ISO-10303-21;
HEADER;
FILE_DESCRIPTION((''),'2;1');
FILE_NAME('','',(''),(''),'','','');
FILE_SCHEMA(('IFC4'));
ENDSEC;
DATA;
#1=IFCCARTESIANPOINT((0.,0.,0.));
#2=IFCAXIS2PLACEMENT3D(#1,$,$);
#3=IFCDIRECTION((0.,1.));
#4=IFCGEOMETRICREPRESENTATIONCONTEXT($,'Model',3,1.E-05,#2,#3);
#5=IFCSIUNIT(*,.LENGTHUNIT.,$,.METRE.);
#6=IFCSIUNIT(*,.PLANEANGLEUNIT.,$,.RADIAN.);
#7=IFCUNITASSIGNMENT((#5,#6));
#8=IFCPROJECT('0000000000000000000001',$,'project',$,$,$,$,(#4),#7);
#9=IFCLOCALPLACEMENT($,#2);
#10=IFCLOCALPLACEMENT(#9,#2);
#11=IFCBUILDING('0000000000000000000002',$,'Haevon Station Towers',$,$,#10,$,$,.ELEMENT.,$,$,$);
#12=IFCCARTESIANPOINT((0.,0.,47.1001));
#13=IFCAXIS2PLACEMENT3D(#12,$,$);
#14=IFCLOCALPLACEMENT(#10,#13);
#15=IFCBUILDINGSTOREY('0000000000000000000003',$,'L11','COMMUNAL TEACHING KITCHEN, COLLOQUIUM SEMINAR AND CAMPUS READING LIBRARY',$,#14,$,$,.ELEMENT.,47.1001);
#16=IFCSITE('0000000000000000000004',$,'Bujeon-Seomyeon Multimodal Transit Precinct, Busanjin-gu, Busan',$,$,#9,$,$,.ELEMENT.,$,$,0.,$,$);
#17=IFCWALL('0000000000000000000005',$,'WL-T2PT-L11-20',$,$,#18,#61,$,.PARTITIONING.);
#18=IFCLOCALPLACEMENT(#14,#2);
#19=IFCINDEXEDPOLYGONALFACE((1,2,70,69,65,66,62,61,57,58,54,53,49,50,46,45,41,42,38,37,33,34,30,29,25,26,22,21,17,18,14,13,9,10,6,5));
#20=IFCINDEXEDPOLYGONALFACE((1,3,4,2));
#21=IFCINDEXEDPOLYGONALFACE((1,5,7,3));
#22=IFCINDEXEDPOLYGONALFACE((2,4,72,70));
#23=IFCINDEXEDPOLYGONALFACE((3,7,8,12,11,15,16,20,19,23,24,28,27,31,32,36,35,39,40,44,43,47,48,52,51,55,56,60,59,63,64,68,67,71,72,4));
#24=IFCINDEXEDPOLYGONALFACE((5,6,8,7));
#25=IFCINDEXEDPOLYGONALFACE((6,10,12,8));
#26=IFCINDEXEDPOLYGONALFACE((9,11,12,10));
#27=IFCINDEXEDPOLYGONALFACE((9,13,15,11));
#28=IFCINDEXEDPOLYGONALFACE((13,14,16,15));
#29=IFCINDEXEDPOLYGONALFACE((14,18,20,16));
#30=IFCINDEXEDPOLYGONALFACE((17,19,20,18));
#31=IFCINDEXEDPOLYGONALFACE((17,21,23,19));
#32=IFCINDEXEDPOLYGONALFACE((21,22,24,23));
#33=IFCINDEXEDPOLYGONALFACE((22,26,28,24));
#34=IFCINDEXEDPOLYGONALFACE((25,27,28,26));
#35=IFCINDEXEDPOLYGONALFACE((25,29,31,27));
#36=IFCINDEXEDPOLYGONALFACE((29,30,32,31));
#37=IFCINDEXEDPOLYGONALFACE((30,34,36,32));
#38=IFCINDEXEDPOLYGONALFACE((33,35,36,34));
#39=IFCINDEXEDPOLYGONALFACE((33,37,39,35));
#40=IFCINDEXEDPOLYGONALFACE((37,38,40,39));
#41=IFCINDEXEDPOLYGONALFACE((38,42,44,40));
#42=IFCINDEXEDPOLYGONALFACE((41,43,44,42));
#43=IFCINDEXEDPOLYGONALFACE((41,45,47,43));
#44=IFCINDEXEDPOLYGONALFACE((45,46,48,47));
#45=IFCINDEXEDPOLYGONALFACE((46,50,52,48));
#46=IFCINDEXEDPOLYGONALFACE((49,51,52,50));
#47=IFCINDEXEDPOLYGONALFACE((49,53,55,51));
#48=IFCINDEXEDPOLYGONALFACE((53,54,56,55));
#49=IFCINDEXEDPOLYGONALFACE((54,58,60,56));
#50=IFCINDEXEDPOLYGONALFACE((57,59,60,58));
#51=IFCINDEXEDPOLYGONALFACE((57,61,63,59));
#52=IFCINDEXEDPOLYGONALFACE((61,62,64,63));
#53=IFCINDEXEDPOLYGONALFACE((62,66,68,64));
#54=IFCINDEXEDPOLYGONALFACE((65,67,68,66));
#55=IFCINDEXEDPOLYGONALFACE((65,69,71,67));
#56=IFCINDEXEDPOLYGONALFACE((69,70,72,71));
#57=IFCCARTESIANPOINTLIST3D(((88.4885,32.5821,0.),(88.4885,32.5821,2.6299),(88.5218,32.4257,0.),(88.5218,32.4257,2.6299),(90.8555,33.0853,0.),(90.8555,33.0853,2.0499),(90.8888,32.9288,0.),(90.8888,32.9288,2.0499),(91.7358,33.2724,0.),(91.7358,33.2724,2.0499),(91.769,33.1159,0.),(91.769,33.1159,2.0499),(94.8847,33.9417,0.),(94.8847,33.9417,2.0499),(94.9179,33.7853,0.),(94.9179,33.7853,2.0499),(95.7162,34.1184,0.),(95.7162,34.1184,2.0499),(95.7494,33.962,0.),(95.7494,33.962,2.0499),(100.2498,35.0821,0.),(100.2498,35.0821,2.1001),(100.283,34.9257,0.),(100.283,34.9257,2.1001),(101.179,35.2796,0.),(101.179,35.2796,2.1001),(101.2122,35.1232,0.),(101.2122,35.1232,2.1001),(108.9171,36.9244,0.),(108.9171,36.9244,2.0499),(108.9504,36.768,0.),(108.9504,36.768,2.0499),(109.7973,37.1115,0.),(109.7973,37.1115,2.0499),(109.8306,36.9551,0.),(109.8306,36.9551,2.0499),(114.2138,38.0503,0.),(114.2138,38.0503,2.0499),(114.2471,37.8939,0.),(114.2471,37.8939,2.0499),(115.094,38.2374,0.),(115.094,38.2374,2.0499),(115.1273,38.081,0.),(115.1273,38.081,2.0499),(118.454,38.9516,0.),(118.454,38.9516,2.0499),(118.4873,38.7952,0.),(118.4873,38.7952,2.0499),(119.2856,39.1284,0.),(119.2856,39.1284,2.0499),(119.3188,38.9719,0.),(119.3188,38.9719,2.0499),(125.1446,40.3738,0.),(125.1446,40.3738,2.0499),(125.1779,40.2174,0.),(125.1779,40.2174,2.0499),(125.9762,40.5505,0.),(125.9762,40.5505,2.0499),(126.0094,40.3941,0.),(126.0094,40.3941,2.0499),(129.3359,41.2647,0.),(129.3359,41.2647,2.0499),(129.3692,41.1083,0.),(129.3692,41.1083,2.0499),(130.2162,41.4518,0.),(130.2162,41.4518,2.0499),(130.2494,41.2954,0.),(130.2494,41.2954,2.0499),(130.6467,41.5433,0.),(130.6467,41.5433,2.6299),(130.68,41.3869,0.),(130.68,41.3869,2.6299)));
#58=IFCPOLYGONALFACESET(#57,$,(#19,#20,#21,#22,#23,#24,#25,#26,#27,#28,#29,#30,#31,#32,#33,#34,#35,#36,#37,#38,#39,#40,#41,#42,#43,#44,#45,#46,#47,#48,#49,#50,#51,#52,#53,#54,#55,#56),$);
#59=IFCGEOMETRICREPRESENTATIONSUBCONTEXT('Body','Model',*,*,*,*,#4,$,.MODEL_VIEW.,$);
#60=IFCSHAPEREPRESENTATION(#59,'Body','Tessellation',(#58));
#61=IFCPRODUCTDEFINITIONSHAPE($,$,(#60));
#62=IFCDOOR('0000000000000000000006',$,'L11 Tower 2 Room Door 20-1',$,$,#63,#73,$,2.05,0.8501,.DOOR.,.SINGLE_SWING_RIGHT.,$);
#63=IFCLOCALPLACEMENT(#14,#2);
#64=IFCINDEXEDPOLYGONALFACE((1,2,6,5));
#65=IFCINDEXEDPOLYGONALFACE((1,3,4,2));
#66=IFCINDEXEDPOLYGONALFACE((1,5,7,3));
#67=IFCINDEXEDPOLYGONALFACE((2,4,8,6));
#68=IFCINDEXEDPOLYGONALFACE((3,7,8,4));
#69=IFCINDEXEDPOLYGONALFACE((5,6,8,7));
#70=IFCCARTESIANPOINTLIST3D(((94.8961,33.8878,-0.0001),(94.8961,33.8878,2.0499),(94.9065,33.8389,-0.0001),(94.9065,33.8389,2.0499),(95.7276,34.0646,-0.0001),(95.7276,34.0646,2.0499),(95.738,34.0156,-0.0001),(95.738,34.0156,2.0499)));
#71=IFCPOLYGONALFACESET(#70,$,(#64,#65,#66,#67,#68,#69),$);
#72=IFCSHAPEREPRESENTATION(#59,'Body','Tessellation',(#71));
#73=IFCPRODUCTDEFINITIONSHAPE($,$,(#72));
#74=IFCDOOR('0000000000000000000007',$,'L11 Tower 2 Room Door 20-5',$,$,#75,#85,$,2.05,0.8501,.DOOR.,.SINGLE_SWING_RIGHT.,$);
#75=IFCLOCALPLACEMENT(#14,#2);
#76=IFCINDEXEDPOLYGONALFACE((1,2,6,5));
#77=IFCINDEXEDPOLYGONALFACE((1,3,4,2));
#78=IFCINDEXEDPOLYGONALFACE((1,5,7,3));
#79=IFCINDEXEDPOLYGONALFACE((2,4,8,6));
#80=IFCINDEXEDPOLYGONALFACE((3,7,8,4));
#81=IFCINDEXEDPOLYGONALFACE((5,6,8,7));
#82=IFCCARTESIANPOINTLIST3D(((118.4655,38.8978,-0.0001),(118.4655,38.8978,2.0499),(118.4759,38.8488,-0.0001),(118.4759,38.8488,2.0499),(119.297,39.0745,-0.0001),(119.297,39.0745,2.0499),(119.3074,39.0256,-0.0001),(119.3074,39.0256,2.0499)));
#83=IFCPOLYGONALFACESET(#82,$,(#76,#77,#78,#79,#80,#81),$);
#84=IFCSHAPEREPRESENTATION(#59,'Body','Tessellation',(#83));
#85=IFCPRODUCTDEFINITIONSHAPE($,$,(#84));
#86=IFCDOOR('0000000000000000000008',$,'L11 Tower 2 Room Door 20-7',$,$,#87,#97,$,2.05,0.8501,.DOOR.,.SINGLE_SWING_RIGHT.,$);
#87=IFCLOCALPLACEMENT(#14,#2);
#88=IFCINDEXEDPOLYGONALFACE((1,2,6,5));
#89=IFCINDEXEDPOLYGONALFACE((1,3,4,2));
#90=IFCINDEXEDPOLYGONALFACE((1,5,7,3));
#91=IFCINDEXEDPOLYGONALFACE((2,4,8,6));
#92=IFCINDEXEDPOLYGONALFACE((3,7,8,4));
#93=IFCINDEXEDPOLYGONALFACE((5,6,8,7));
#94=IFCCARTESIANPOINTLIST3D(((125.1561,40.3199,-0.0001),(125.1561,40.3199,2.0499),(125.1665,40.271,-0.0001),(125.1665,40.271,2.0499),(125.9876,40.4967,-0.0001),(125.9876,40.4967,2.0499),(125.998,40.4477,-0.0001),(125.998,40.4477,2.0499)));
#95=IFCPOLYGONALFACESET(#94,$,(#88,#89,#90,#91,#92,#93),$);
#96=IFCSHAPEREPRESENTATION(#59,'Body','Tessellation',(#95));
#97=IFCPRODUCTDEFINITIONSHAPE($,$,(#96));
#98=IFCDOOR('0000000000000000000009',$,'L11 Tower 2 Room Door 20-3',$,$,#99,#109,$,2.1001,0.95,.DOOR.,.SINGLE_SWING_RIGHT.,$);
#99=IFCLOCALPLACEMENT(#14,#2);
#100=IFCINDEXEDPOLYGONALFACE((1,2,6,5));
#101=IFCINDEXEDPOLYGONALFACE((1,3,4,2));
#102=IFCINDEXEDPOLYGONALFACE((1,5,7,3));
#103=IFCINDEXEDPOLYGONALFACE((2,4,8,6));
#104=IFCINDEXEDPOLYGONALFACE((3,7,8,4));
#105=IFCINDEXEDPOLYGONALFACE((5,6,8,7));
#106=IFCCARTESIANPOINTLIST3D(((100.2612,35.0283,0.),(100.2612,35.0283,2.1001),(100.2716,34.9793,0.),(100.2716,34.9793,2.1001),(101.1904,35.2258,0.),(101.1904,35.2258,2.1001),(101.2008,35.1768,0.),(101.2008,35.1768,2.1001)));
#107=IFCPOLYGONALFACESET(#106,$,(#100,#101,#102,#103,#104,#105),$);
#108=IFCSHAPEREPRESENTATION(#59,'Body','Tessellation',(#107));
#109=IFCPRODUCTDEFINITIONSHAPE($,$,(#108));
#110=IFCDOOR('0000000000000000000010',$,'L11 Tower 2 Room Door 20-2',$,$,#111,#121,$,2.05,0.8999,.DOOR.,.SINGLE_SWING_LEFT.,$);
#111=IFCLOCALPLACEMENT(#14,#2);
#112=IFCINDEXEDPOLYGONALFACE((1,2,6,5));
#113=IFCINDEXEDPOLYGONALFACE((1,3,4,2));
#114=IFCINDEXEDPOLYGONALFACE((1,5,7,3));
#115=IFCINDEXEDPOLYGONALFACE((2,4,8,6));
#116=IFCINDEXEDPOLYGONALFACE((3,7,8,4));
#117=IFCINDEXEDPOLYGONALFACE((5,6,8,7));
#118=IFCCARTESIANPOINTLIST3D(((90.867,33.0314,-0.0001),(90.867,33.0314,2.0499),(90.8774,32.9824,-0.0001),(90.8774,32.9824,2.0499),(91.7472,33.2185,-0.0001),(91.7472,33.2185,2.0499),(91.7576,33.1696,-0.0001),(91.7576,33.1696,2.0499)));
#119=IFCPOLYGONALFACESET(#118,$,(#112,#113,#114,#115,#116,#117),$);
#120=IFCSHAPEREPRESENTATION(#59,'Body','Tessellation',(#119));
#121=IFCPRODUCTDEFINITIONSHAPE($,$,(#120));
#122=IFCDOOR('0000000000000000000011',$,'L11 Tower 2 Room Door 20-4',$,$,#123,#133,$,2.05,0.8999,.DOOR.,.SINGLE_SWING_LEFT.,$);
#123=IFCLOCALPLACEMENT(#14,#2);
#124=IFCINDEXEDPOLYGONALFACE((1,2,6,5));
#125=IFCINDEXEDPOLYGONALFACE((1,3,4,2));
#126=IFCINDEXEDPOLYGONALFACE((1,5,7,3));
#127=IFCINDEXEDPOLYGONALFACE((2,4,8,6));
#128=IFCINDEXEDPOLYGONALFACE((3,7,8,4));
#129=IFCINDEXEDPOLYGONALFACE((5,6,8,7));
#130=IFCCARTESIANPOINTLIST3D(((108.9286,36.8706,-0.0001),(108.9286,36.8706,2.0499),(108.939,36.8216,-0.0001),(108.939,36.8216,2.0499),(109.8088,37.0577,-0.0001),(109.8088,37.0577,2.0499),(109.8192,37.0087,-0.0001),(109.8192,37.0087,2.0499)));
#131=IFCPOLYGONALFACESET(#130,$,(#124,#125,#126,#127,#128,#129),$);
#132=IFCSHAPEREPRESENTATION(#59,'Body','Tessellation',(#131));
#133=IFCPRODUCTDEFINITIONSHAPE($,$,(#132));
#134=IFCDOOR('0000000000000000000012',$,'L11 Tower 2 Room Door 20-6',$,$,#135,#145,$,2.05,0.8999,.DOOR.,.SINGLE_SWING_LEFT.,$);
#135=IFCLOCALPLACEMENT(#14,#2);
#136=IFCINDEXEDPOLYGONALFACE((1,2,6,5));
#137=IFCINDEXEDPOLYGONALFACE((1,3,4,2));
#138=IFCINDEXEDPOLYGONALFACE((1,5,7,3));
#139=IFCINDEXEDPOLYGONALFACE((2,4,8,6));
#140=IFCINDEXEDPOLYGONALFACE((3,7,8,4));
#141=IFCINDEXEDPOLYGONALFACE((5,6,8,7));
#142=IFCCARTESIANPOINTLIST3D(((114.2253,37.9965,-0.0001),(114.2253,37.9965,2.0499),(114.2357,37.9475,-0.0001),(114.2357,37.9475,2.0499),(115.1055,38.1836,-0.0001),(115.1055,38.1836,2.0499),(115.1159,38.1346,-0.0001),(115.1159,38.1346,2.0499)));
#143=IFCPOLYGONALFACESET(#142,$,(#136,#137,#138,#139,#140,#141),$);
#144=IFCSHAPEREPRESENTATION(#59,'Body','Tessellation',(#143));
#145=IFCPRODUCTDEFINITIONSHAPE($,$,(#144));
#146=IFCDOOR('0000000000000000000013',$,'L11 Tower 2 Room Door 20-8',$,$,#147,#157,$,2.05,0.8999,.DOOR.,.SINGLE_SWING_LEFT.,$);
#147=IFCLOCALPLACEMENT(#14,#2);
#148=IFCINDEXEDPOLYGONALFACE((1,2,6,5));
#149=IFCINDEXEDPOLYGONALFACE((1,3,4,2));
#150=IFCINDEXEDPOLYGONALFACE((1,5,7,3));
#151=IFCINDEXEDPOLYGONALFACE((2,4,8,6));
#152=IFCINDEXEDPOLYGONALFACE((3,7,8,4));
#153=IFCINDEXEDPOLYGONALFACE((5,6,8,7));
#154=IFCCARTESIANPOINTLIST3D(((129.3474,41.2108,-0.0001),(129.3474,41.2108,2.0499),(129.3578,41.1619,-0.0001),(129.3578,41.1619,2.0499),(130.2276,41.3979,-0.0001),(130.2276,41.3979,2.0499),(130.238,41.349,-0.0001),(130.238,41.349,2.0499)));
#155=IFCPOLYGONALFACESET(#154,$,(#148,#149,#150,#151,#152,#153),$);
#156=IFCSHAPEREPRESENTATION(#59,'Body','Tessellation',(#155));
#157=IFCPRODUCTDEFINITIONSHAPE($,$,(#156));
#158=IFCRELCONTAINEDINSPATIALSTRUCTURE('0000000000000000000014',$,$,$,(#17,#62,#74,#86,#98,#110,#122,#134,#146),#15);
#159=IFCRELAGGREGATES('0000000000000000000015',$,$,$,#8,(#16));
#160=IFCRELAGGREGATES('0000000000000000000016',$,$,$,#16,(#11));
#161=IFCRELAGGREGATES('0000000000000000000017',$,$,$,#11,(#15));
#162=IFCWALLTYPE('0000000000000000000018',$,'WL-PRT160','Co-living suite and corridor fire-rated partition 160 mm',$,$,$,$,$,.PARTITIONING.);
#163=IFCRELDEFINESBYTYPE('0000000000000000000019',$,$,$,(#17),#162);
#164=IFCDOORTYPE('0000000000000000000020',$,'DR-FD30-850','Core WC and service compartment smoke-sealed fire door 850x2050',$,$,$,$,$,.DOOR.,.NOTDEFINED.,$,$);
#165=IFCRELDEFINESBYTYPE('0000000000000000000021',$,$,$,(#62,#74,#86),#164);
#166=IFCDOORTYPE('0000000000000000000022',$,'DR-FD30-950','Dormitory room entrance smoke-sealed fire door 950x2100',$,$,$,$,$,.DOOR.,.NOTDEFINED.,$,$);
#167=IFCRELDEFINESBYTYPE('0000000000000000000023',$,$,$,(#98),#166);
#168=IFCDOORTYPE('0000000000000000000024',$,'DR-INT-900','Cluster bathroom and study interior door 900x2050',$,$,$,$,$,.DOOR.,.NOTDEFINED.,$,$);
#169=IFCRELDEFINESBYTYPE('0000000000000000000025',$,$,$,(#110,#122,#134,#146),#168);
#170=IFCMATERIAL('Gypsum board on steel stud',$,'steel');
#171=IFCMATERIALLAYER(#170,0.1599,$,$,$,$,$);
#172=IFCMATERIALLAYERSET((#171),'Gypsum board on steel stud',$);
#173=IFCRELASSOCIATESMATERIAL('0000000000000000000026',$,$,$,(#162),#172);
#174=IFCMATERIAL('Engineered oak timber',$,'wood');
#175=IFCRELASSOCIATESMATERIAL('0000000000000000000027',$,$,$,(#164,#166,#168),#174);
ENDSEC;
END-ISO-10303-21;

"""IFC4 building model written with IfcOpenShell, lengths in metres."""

from ifc_helpers import new_model, si_unit, direction, frame, frame_2d, origin, place, context, subcontext, project, spatial, rectangle, extrude, material, layer, layer_set, type_object, element, fill, save


model = new_model("IFC4")

# Units and contexts
model_context = context("Model", 3, precision=1e-05, world=origin(), true_north=direction((0.0, 1.0)))
body_context = subcontext(model_context, "Body", "Model", "MODEL_VIEW")
ifc_project = project(units=[si_unit("LENGTHUNIT", "METRE"), si_unit("PLANEANGLEUNIT", "RADIAN")], contexts=[model_context])

# Site, building, storey
site_placement = place(None, origin())
site = spatial("IfcSite", under=ifc_project, at=site_placement, Name="Bujeon-Seomyeon Multimodal Transit Precinct, Busanjin-gu, Busan", CompositionType="ELEMENT", RefElevation=0.0)
building_placement = place(site_placement, origin())
building = spatial("IfcBuilding", under=site, at=building_placement, Name="Haevon Station Towers", CompositionType="ELEMENT")
storey_placement = place(building_placement, frame((0.0, 0.0, 47.1001)))
storey = spatial("IfcBuildingStorey", under=building, at=storey_placement, Name="L11", Description="COMMUNAL TEACHING KITCHEN, COLLOQUIUM SEMINAR AND CAMPUS READING LIBRARY", CompositionType="ELEMENT", Elevation=47.1001)

# Shared definitions
ifc_material_1 = material(Name="Gypsum board on steel stud", Category="steel")
ifc_layer_1 = layer(ifc_material_1, 0.1599)
ifc_layer_set_1 = layer_set([ifc_layer_1], Name="Gypsum board on steel stud")
wall_type_1 = type_object("IfcWallType", Name="WL-PRT160", Description="Co-living suite and corridor fire-rated partition 160 mm", PredefinedType="PARTITIONING", material=ifc_layer_set_1)

# Wall, openings, doors
wall_1_placement = place(storey_placement, frame((88.5051, 32.5039, 0.0), z_axis=(0.0, 0.0, 1.0), x_axis=(0.978147, 0.207916, 0.0)))
wall_1 = element("IfcWall", 1, at=wall_1_placement, inside=storey, type_object=wall_type_1, Name="WL-T2PT-L11-20", PredefinedType="PARTITIONING", context=body_context, shape_type="SweptSolid", body=[
    extrude(rectangle(XDim=43.1001, YDim=0.1599, at=frame_2d((21.55, 0.0))), origin(), (0.0, 0.0, 1.0), 2.6299),
])
opening_1_placement = place(wall_1_placement, frame((6.5391, 0.0, 0.0)))
opening_1 = element("IfcOpeningElement", 2, at=opening_1_placement, cuts=wall_1, PredefinedType="OPENING", context=body_context, shape_type="SweptSolid", body=[
    extrude(rectangle(XDim=0.8501, YDim=2.05, at=frame_2d((0.425, 1.0249))), frame((0.0, 0.0898, 0.0), z_axis=(0.0, -1.0, 0.0), x_axis=(1.0, 0.0, 0.0)), (0.0, 0.0, 1.0), 0.1799),
])
opening_2_placement = place(wall_1_placement, frame((2.4199, 0.0, 0.0)))
opening_2 = element("IfcOpeningElement", 3, at=opening_2_placement, cuts=wall_1, PredefinedType="OPENING", context=body_context, shape_type="SweptSolid", body=[
    extrude(rectangle(XDim=0.8999, YDim=2.05, at=frame_2d((0.45, 1.0249))), frame((0.0, 0.0898, 0.0), z_axis=(0.0, -1.0, 0.0), x_axis=(1.0, 0.0, 0.0)), (0.0, 0.0, 1.0), 0.1799),
])
opening_3_placement = place(wall_1_placement, frame((12.0239, 0.0, 0.0)))
opening_3 = element("IfcOpeningElement", 4, at=opening_3_placement, cuts=wall_1, PredefinedType="OPENING", context=body_context, shape_type="SweptSolid", body=[
    extrude(rectangle(XDim=0.95, YDim=2.1001, at=frame_2d((0.4751, 1.05))), frame((0.0, 0.0898, 0.0), z_axis=(0.0, -1.0, 0.0), x_axis=(1.0, 0.0, 0.0)), (0.0, 0.0, 1.0), 0.1799),
])
opening_4_placement = place(wall_1_placement, frame((20.885, 0.0, 0.0)))
opening_4 = element("IfcOpeningElement", 5, at=opening_4_placement, cuts=wall_1, PredefinedType="OPENING", context=body_context, shape_type="SweptSolid", body=[
    extrude(rectangle(XDim=0.8999, YDim=2.05, at=frame_2d((0.45, 1.0249))), frame((0.0, 0.0898, 0.0), z_axis=(0.0, -1.0, 0.0), x_axis=(1.0, 0.0, 0.0)), (0.0, 0.0, 1.0), 0.1799),
])
opening_5_placement = place(wall_1_placement, frame((30.635, 0.0, 0.0)))
opening_5 = element("IfcOpeningElement", 6, at=opening_5_placement, cuts=wall_1, PredefinedType="OPENING", context=body_context, shape_type="SweptSolid", body=[
    extrude(rectangle(XDim=0.8501, YDim=2.05, at=frame_2d((0.425, 1.0249))), frame((0.0, 0.0898, 0.0), z_axis=(0.0, -1.0, 0.0), x_axis=(1.0, 0.0, 0.0)), (0.0, 0.0, 1.0), 0.1799),
])
opening_6_placement = place(wall_1_placement, frame((26.3, 0.0, 0.0)))
opening_6 = element("IfcOpeningElement", 7, at=opening_6_placement, cuts=wall_1, PredefinedType="OPENING", context=body_context, shape_type="SweptSolid", body=[
    extrude(rectangle(XDim=0.8999, YDim=2.05, at=frame_2d((0.45, 1.0249))), frame((0.0, 0.0898, 0.0), z_axis=(0.0, -1.0, 0.0), x_axis=(1.0, 0.0, 0.0)), (0.0, 0.0, 1.0), 0.1799),
])
opening_7_placement = place(wall_1_placement, frame((37.4751, 0.0, 0.0)))
opening_7 = element("IfcOpeningElement", 8, at=opening_7_placement, cuts=wall_1, PredefinedType="OPENING", context=body_context, shape_type="SweptSolid", body=[
    extrude(rectangle(XDim=0.8501, YDim=2.05, at=frame_2d((0.425, 1.0249))), frame((0.0, 0.0898, 0.0), z_axis=(0.0, -1.0, 0.0), x_axis=(1.0, 0.0, 0.0)), (0.0, 0.0, 1.0), 0.1799),
])
opening_8_placement = place(wall_1_placement, frame((41.76, 0.0, 0.0)))
opening_8 = element("IfcOpeningElement", 9, at=opening_8_placement, cuts=wall_1, PredefinedType="OPENING", context=body_context, shape_type="SweptSolid", body=[
    extrude(rectangle(XDim=0.8999, YDim=2.05, at=frame_2d((0.45, 1.0249))), frame((0.0, 0.0898, 0.0), z_axis=(0.0, -1.0, 0.0), x_axis=(1.0, 0.0, 0.0)), (0.0, 0.0, 1.0), 0.1799),
])
ifc_material_2 = material(Name="Engineered oak timber", Category="wood")
door_type_1 = type_object("IfcDoorType", Name="DR-FD30-850", Description="Core WC and service compartment smoke-sealed fire door 850x2050", OperationType="NOTDEFINED", PredefinedType="DOOR", material=ifc_material_2)
door_1_placement = place(opening_1_placement, origin())
door_1 = element("IfcDoor", 10, at=door_1_placement, inside=storey, type_object=door_type_1, Name="L11 Tower 2 Room Door 20-1", OperationType="SINGLE_SWING_RIGHT", OverallHeight=2.05, OverallWidth=0.8501, PredefinedType="DOOR", context=body_context, shape_type="SweptSolid", body=[
    extrude(rectangle(XDim=0.8501, YDim=2.05, at=frame_2d((0.425, 1.0249))), frame((0.0, 0.0249, 0.0), z_axis=(0.0, -1.0, 0.0), x_axis=(1.0, 0.0, 0.0)), (0.0, 0.0, 1.0), 0.05),
])
fill(opening_1, door_1)
door_2_placement = place(opening_5_placement, origin())
door_2 = element("IfcDoor", 11, at=door_2_placement, inside=storey, type_object=door_type_1, Name="L11 Tower 2 Room Door 20-5", OperationType="SINGLE_SWING_RIGHT", OverallHeight=2.05, OverallWidth=0.8501, PredefinedType="DOOR", context=body_context, shape_type="SweptSolid", body=[
    extrude(rectangle(XDim=0.8501, YDim=2.05, at=frame_2d((0.425, 1.0249))), frame((0.0, 0.0249, 0.0), z_axis=(0.0, -1.0, 0.0), x_axis=(1.0, 0.0, 0.0)), (0.0, 0.0, 1.0), 0.05),
])
fill(opening_5, door_2)
door_3_placement = place(opening_7_placement, origin())
door_3 = element("IfcDoor", 12, at=door_3_placement, inside=storey, type_object=door_type_1, Name="L11 Tower 2 Room Door 20-7", OperationType="SINGLE_SWING_RIGHT", OverallHeight=2.05, OverallWidth=0.8501, PredefinedType="DOOR", context=body_context, shape_type="SweptSolid", body=[
    extrude(rectangle(XDim=0.8501, YDim=2.05, at=frame_2d((0.425, 1.0249))), frame((0.0, 0.0249, 0.0), z_axis=(0.0, -1.0, 0.0), x_axis=(1.0, 0.0, 0.0)), (0.0, 0.0, 1.0), 0.05),
])
fill(opening_7, door_3)
door_type_2 = type_object("IfcDoorType", Name="DR-FD30-950", Description="Dormitory room entrance smoke-sealed fire door 950x2100", OperationType="NOTDEFINED", PredefinedType="DOOR", material=ifc_material_2)
door_4_placement = place(opening_3_placement, origin())
door_4 = element("IfcDoor", 13, at=door_4_placement, inside=storey, type_object=door_type_2, Name="L11 Tower 2 Room Door 20-3", OperationType="SINGLE_SWING_RIGHT", OverallHeight=2.1001, OverallWidth=0.95, PredefinedType="DOOR", context=body_context, shape_type="SweptSolid", body=[
    extrude(rectangle(XDim=0.95, YDim=2.1001, at=frame_2d((0.4751, 1.05))), frame((0.0, 0.0249, 0.0), z_axis=(0.0, -1.0, 0.0), x_axis=(1.0, 0.0, 0.0)), (0.0, 0.0, 1.0), 0.05),
])
fill(opening_3, door_4)
door_type_3 = type_object("IfcDoorType", Name="DR-INT-900", Description="Cluster bathroom and study interior door 900x2050", OperationType="NOTDEFINED", PredefinedType="DOOR", material=ifc_material_2)
door_5_placement = place(opening_2_placement, origin())
door_5 = element("IfcDoor", 14, at=door_5_placement, inside=storey, type_object=door_type_3, Name="L11 Tower 2 Room Door 20-2", OperationType="SINGLE_SWING_LEFT", OverallHeight=2.05, OverallWidth=0.8999, PredefinedType="DOOR", context=body_context, shape_type="SweptSolid", body=[
    extrude(rectangle(XDim=0.8999, YDim=2.05, at=frame_2d((0.45, 1.0249))), frame((0.0, 0.0249, 0.0), z_axis=(0.0, -1.0, 0.0), x_axis=(1.0, 0.0, 0.0)), (0.0, 0.0, 1.0), 0.05),
])
fill(opening_2, door_5)
door_6_placement = place(opening_4_placement, origin())
door_6 = element("IfcDoor", 15, at=door_6_placement, inside=storey, type_object=door_type_3, Name="L11 Tower 2 Room Door 20-4", OperationType="SINGLE_SWING_LEFT", OverallHeight=2.05, OverallWidth=0.8999, PredefinedType="DOOR", context=body_context, shape_type="SweptSolid", body=[
    extrude(rectangle(XDim=0.8999, YDim=2.05, at=frame_2d((0.45, 1.0249))), frame((0.0, 0.0249, 0.0), z_axis=(0.0, -1.0, 0.0), x_axis=(1.0, 0.0, 0.0)), (0.0, 0.0, 1.0), 0.05),
])
fill(opening_4, door_6)
door_7_placement = place(opening_6_placement, origin())
door_7 = element("IfcDoor", 16, at=door_7_placement, inside=storey, type_object=door_type_3, Name="L11 Tower 2 Room Door 20-6", OperationType="SINGLE_SWING_LEFT", OverallHeight=2.05, OverallWidth=0.8999, PredefinedType="DOOR", context=body_context, shape_type="SweptSolid", body=[
    extrude(rectangle(XDim=0.8999, YDim=2.05, at=frame_2d((0.45, 1.0249))), frame((0.0, 0.0249, 0.0), z_axis=(0.0, -1.0, 0.0), x_axis=(1.0, 0.0, 0.0)), (0.0, 0.0, 1.0), 0.05),
])
fill(opening_6, door_7)
door_8_placement = place(opening_8_placement, origin())
door_8 = element("IfcDoor", 17, at=door_8_placement, inside=storey, type_object=door_type_3, Name="L11 Tower 2 Room Door 20-8", OperationType="SINGLE_SWING_LEFT", OverallHeight=2.05, OverallWidth=0.8999, PredefinedType="DOOR", context=body_context, shape_type="SweptSolid", body=[
    extrude(rectangle(XDim=0.8999, YDim=2.05, at=frame_2d((0.45, 1.0249))), frame((0.0, 0.0249, 0.0), z_axis=(0.0, -1.0, 0.0), x_axis=(1.0, 0.0, 0.0)), (0.0, 0.0, 1.0), 0.05),
])
fill(opening_8, door_8)

save(model, "model.ifc")
